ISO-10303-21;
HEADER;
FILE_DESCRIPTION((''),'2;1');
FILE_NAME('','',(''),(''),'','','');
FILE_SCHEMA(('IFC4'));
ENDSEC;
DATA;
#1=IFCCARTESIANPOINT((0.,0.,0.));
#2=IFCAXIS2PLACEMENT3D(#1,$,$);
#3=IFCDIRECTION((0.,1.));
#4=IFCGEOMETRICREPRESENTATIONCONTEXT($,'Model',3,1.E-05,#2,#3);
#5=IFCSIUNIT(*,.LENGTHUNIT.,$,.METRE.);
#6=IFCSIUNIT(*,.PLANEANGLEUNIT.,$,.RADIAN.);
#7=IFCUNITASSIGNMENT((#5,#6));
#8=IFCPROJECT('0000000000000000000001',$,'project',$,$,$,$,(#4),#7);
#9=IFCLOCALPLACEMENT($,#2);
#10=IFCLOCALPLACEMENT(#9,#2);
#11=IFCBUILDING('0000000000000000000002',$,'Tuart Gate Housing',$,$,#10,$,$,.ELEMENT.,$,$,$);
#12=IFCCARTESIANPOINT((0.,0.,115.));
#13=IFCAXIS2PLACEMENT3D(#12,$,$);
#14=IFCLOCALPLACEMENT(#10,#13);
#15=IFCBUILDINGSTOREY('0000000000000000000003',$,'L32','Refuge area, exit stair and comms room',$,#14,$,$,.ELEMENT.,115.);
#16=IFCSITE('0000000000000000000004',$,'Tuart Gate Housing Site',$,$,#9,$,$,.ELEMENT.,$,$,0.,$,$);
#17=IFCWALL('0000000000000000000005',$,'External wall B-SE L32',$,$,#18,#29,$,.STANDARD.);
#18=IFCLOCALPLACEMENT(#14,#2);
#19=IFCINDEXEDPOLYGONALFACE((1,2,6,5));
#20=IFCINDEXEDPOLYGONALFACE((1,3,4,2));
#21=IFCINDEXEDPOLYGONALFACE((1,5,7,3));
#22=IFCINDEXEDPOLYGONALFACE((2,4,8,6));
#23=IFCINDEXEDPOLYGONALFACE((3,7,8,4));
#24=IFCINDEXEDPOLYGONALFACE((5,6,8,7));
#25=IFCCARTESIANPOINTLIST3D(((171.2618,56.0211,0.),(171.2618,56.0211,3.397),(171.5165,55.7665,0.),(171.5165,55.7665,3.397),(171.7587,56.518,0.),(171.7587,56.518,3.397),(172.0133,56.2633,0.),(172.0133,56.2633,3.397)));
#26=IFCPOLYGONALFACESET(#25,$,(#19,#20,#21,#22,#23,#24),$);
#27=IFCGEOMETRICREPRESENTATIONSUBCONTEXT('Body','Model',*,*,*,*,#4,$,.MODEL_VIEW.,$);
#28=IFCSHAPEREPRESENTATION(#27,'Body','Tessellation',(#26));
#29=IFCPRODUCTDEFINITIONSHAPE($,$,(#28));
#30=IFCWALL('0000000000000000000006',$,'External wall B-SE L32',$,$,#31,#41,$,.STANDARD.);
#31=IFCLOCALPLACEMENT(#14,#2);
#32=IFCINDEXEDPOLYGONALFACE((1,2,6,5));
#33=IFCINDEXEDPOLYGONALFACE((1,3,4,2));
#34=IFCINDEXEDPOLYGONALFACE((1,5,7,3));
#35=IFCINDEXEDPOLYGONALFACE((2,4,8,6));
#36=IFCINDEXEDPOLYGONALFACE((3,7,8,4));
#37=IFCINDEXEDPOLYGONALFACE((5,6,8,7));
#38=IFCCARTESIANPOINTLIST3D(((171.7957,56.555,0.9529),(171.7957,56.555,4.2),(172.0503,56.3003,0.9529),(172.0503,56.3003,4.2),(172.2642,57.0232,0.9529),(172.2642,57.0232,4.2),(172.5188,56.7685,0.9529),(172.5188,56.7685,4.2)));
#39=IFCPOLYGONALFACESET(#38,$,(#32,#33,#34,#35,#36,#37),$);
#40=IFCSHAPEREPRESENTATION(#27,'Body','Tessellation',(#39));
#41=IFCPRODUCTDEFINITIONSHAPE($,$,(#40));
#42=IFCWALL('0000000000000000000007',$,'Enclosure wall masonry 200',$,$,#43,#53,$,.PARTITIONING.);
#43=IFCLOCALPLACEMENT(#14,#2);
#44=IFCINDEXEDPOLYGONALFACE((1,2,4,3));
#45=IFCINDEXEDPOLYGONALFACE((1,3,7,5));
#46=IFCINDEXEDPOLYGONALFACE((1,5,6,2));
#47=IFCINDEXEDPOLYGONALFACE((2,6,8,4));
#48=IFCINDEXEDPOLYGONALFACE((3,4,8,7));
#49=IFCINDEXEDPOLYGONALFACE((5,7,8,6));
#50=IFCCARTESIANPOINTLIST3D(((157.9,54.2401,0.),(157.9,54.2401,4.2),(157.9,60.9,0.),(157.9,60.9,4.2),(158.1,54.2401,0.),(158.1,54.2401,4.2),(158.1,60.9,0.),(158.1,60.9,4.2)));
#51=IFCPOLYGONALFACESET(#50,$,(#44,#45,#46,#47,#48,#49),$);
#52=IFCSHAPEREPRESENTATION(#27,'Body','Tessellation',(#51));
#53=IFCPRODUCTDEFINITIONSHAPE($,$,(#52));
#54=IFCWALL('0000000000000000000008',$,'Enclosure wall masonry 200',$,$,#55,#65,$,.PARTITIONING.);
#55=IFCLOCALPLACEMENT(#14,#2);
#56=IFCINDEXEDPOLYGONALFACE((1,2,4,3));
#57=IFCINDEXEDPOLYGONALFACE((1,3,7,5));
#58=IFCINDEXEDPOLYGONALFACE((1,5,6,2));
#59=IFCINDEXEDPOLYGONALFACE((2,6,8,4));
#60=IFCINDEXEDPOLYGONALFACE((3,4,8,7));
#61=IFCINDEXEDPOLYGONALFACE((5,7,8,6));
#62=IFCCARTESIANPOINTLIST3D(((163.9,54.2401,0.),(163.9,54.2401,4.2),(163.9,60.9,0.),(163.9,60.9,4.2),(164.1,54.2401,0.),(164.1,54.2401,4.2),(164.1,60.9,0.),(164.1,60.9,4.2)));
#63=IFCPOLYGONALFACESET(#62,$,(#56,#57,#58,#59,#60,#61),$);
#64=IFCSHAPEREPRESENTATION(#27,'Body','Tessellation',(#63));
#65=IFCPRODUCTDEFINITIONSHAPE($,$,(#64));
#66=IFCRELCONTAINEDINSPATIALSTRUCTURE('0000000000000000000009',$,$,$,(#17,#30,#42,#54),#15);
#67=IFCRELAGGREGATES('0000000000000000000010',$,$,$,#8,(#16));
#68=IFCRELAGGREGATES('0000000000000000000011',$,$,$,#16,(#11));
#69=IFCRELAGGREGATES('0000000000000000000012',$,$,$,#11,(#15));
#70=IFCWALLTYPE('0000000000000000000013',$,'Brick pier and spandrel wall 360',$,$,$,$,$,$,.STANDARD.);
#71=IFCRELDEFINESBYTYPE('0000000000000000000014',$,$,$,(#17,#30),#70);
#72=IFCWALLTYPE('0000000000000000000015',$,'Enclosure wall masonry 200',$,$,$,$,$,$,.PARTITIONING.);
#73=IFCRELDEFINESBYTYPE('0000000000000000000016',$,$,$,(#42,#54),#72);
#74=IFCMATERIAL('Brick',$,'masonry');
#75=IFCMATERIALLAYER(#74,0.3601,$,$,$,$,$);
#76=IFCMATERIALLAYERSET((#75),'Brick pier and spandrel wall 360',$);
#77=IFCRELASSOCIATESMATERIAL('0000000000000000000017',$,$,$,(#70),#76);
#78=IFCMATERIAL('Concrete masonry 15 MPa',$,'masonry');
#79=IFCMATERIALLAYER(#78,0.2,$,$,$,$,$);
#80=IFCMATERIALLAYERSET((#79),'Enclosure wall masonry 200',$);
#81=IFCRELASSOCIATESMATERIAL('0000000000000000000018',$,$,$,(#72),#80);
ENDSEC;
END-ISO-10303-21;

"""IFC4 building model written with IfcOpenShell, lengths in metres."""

from ifc_helpers import new_model, si_unit, direction, frame, frame_2d, origin, place, context, subcontext, project, spatial, rectangle, extrude, material, layer, layer_set, type_object, element, save


model = new_model("IFC4")

# Units and contexts
model_context = context("Model", 3, precision=1e-05, world=origin(), true_north=direction((0.0, 1.0)))
body_context = subcontext(model_context, "Body", "Model", "MODEL_VIEW")
ifc_project = project(units=[si_unit("LENGTHUNIT", "METRE"), si_unit("PLANEANGLEUNIT", "RADIAN")], contexts=[model_context])

# Site, building, storey
site_placement = place(None, origin())
site = spatial("IfcSite", under=ifc_project, at=site_placement, Name="Tuart Gate Housing Site", CompositionType="ELEMENT", RefElevation=0.0)
building_placement = place(site_placement, origin())
building = spatial("IfcBuilding", under=site, at=building_placement, Name="Tuart Gate Housing", CompositionType="ELEMENT")
storey_placement = place(building_placement, frame((0.0, 0.0, 115.0)))
storey = spatial("IfcBuildingStorey", under=building, at=storey_placement, Name="L32", Description="Refuge area, exit stair and comms room", CompositionType="ELEMENT", Elevation=115.0)

# Walls
ifc_material_1 = material(Name="Brick", Category="masonry")
ifc_layer_1 = layer(ifc_material_1, 0.3601)
ifc_layer_set_1 = layer_set([ifc_layer_1], Name="Brick pier and spandrel wall 360")
wall_type_1 = type_object("IfcWallType", Name="Brick pier and spandrel wall 360", PredefinedType="STANDARD", material=ifc_layer_set_1)
wall_1_placement = place(storey_placement, frame((171.3892, 55.8938, 0.0), z_axis=(0.0, 0.0, 1.0), x_axis=(0.707107, 0.707107, 0.0)))
element("IfcWall", 1, at=wall_1_placement, inside=storey, type_object=wall_type_1, Name="External wall B-SE L32", PredefinedType="STANDARD", context=body_context, shape_type="SweptSolid", body=[
    extrude(rectangle(XDim=0.7026, YDim=0.3601, at=frame_2d((0.3513, 0.0))), origin(), (0.0, 0.0, 1.0), 3.397),
])
wall_2_placement = place(storey_placement, frame((171.9231, 56.4277, 0.9529), z_axis=(0.0, 0.0, 1.0), x_axis=(0.707291, 0.706922, 0.0)))
element("IfcWall", 2, at=wall_2_placement, inside=storey, type_object=wall_type_1, Name="External wall B-SE L32", PredefinedType="STANDARD", context=body_context, shape_type="SweptSolid", body=[
    extrude(rectangle(XDim=0.6624, YDim=0.3601, at=frame_2d((0.3311, 0.0))), origin(), (0.0, 0.0, 1.0), 3.2471),
])
ifc_material_2 = material(Name="Concrete masonry 15 MPa", Category="masonry")
ifc_layer_2 = layer(ifc_material_2, 0.2)
ifc_layer_set_2 = layer_set([ifc_layer_2], Name="Enclosure wall masonry 200")
wall_type_2 = type_object("IfcWallType", Name="Enclosure wall masonry 200", PredefinedType="PARTITIONING", material=ifc_layer_set_2)
for number, where, z_axis, x_axis, name in (
    (3, (158.0, 54.24, 0.0), (0.0, 0.0, 1.0), (0.0, 1.0, 0.0), "Enclosure wall masonry 200"),
    (4, (164.0, 54.24, 0.0), (0.0, 0.0, 1.0), (0.0, 1.0, 0.0), "Enclosure wall masonry 200"),
):
    element("IfcWall", number, at=place(storey_placement, frame(where, z_axis=z_axis, x_axis=x_axis)), inside=storey, type_object=wall_type_2, Name=name, PredefinedType="PARTITIONING", context=body_context, shape_type="SweptSolid", body=[
        extrude(rectangle(XDim=6.6599, YDim=0.2, at=frame_2d((3.3301, 0.0))), origin(), (0.0, 0.0, 1.0), 4.2),
    ])

save(model, "model.ifc")
